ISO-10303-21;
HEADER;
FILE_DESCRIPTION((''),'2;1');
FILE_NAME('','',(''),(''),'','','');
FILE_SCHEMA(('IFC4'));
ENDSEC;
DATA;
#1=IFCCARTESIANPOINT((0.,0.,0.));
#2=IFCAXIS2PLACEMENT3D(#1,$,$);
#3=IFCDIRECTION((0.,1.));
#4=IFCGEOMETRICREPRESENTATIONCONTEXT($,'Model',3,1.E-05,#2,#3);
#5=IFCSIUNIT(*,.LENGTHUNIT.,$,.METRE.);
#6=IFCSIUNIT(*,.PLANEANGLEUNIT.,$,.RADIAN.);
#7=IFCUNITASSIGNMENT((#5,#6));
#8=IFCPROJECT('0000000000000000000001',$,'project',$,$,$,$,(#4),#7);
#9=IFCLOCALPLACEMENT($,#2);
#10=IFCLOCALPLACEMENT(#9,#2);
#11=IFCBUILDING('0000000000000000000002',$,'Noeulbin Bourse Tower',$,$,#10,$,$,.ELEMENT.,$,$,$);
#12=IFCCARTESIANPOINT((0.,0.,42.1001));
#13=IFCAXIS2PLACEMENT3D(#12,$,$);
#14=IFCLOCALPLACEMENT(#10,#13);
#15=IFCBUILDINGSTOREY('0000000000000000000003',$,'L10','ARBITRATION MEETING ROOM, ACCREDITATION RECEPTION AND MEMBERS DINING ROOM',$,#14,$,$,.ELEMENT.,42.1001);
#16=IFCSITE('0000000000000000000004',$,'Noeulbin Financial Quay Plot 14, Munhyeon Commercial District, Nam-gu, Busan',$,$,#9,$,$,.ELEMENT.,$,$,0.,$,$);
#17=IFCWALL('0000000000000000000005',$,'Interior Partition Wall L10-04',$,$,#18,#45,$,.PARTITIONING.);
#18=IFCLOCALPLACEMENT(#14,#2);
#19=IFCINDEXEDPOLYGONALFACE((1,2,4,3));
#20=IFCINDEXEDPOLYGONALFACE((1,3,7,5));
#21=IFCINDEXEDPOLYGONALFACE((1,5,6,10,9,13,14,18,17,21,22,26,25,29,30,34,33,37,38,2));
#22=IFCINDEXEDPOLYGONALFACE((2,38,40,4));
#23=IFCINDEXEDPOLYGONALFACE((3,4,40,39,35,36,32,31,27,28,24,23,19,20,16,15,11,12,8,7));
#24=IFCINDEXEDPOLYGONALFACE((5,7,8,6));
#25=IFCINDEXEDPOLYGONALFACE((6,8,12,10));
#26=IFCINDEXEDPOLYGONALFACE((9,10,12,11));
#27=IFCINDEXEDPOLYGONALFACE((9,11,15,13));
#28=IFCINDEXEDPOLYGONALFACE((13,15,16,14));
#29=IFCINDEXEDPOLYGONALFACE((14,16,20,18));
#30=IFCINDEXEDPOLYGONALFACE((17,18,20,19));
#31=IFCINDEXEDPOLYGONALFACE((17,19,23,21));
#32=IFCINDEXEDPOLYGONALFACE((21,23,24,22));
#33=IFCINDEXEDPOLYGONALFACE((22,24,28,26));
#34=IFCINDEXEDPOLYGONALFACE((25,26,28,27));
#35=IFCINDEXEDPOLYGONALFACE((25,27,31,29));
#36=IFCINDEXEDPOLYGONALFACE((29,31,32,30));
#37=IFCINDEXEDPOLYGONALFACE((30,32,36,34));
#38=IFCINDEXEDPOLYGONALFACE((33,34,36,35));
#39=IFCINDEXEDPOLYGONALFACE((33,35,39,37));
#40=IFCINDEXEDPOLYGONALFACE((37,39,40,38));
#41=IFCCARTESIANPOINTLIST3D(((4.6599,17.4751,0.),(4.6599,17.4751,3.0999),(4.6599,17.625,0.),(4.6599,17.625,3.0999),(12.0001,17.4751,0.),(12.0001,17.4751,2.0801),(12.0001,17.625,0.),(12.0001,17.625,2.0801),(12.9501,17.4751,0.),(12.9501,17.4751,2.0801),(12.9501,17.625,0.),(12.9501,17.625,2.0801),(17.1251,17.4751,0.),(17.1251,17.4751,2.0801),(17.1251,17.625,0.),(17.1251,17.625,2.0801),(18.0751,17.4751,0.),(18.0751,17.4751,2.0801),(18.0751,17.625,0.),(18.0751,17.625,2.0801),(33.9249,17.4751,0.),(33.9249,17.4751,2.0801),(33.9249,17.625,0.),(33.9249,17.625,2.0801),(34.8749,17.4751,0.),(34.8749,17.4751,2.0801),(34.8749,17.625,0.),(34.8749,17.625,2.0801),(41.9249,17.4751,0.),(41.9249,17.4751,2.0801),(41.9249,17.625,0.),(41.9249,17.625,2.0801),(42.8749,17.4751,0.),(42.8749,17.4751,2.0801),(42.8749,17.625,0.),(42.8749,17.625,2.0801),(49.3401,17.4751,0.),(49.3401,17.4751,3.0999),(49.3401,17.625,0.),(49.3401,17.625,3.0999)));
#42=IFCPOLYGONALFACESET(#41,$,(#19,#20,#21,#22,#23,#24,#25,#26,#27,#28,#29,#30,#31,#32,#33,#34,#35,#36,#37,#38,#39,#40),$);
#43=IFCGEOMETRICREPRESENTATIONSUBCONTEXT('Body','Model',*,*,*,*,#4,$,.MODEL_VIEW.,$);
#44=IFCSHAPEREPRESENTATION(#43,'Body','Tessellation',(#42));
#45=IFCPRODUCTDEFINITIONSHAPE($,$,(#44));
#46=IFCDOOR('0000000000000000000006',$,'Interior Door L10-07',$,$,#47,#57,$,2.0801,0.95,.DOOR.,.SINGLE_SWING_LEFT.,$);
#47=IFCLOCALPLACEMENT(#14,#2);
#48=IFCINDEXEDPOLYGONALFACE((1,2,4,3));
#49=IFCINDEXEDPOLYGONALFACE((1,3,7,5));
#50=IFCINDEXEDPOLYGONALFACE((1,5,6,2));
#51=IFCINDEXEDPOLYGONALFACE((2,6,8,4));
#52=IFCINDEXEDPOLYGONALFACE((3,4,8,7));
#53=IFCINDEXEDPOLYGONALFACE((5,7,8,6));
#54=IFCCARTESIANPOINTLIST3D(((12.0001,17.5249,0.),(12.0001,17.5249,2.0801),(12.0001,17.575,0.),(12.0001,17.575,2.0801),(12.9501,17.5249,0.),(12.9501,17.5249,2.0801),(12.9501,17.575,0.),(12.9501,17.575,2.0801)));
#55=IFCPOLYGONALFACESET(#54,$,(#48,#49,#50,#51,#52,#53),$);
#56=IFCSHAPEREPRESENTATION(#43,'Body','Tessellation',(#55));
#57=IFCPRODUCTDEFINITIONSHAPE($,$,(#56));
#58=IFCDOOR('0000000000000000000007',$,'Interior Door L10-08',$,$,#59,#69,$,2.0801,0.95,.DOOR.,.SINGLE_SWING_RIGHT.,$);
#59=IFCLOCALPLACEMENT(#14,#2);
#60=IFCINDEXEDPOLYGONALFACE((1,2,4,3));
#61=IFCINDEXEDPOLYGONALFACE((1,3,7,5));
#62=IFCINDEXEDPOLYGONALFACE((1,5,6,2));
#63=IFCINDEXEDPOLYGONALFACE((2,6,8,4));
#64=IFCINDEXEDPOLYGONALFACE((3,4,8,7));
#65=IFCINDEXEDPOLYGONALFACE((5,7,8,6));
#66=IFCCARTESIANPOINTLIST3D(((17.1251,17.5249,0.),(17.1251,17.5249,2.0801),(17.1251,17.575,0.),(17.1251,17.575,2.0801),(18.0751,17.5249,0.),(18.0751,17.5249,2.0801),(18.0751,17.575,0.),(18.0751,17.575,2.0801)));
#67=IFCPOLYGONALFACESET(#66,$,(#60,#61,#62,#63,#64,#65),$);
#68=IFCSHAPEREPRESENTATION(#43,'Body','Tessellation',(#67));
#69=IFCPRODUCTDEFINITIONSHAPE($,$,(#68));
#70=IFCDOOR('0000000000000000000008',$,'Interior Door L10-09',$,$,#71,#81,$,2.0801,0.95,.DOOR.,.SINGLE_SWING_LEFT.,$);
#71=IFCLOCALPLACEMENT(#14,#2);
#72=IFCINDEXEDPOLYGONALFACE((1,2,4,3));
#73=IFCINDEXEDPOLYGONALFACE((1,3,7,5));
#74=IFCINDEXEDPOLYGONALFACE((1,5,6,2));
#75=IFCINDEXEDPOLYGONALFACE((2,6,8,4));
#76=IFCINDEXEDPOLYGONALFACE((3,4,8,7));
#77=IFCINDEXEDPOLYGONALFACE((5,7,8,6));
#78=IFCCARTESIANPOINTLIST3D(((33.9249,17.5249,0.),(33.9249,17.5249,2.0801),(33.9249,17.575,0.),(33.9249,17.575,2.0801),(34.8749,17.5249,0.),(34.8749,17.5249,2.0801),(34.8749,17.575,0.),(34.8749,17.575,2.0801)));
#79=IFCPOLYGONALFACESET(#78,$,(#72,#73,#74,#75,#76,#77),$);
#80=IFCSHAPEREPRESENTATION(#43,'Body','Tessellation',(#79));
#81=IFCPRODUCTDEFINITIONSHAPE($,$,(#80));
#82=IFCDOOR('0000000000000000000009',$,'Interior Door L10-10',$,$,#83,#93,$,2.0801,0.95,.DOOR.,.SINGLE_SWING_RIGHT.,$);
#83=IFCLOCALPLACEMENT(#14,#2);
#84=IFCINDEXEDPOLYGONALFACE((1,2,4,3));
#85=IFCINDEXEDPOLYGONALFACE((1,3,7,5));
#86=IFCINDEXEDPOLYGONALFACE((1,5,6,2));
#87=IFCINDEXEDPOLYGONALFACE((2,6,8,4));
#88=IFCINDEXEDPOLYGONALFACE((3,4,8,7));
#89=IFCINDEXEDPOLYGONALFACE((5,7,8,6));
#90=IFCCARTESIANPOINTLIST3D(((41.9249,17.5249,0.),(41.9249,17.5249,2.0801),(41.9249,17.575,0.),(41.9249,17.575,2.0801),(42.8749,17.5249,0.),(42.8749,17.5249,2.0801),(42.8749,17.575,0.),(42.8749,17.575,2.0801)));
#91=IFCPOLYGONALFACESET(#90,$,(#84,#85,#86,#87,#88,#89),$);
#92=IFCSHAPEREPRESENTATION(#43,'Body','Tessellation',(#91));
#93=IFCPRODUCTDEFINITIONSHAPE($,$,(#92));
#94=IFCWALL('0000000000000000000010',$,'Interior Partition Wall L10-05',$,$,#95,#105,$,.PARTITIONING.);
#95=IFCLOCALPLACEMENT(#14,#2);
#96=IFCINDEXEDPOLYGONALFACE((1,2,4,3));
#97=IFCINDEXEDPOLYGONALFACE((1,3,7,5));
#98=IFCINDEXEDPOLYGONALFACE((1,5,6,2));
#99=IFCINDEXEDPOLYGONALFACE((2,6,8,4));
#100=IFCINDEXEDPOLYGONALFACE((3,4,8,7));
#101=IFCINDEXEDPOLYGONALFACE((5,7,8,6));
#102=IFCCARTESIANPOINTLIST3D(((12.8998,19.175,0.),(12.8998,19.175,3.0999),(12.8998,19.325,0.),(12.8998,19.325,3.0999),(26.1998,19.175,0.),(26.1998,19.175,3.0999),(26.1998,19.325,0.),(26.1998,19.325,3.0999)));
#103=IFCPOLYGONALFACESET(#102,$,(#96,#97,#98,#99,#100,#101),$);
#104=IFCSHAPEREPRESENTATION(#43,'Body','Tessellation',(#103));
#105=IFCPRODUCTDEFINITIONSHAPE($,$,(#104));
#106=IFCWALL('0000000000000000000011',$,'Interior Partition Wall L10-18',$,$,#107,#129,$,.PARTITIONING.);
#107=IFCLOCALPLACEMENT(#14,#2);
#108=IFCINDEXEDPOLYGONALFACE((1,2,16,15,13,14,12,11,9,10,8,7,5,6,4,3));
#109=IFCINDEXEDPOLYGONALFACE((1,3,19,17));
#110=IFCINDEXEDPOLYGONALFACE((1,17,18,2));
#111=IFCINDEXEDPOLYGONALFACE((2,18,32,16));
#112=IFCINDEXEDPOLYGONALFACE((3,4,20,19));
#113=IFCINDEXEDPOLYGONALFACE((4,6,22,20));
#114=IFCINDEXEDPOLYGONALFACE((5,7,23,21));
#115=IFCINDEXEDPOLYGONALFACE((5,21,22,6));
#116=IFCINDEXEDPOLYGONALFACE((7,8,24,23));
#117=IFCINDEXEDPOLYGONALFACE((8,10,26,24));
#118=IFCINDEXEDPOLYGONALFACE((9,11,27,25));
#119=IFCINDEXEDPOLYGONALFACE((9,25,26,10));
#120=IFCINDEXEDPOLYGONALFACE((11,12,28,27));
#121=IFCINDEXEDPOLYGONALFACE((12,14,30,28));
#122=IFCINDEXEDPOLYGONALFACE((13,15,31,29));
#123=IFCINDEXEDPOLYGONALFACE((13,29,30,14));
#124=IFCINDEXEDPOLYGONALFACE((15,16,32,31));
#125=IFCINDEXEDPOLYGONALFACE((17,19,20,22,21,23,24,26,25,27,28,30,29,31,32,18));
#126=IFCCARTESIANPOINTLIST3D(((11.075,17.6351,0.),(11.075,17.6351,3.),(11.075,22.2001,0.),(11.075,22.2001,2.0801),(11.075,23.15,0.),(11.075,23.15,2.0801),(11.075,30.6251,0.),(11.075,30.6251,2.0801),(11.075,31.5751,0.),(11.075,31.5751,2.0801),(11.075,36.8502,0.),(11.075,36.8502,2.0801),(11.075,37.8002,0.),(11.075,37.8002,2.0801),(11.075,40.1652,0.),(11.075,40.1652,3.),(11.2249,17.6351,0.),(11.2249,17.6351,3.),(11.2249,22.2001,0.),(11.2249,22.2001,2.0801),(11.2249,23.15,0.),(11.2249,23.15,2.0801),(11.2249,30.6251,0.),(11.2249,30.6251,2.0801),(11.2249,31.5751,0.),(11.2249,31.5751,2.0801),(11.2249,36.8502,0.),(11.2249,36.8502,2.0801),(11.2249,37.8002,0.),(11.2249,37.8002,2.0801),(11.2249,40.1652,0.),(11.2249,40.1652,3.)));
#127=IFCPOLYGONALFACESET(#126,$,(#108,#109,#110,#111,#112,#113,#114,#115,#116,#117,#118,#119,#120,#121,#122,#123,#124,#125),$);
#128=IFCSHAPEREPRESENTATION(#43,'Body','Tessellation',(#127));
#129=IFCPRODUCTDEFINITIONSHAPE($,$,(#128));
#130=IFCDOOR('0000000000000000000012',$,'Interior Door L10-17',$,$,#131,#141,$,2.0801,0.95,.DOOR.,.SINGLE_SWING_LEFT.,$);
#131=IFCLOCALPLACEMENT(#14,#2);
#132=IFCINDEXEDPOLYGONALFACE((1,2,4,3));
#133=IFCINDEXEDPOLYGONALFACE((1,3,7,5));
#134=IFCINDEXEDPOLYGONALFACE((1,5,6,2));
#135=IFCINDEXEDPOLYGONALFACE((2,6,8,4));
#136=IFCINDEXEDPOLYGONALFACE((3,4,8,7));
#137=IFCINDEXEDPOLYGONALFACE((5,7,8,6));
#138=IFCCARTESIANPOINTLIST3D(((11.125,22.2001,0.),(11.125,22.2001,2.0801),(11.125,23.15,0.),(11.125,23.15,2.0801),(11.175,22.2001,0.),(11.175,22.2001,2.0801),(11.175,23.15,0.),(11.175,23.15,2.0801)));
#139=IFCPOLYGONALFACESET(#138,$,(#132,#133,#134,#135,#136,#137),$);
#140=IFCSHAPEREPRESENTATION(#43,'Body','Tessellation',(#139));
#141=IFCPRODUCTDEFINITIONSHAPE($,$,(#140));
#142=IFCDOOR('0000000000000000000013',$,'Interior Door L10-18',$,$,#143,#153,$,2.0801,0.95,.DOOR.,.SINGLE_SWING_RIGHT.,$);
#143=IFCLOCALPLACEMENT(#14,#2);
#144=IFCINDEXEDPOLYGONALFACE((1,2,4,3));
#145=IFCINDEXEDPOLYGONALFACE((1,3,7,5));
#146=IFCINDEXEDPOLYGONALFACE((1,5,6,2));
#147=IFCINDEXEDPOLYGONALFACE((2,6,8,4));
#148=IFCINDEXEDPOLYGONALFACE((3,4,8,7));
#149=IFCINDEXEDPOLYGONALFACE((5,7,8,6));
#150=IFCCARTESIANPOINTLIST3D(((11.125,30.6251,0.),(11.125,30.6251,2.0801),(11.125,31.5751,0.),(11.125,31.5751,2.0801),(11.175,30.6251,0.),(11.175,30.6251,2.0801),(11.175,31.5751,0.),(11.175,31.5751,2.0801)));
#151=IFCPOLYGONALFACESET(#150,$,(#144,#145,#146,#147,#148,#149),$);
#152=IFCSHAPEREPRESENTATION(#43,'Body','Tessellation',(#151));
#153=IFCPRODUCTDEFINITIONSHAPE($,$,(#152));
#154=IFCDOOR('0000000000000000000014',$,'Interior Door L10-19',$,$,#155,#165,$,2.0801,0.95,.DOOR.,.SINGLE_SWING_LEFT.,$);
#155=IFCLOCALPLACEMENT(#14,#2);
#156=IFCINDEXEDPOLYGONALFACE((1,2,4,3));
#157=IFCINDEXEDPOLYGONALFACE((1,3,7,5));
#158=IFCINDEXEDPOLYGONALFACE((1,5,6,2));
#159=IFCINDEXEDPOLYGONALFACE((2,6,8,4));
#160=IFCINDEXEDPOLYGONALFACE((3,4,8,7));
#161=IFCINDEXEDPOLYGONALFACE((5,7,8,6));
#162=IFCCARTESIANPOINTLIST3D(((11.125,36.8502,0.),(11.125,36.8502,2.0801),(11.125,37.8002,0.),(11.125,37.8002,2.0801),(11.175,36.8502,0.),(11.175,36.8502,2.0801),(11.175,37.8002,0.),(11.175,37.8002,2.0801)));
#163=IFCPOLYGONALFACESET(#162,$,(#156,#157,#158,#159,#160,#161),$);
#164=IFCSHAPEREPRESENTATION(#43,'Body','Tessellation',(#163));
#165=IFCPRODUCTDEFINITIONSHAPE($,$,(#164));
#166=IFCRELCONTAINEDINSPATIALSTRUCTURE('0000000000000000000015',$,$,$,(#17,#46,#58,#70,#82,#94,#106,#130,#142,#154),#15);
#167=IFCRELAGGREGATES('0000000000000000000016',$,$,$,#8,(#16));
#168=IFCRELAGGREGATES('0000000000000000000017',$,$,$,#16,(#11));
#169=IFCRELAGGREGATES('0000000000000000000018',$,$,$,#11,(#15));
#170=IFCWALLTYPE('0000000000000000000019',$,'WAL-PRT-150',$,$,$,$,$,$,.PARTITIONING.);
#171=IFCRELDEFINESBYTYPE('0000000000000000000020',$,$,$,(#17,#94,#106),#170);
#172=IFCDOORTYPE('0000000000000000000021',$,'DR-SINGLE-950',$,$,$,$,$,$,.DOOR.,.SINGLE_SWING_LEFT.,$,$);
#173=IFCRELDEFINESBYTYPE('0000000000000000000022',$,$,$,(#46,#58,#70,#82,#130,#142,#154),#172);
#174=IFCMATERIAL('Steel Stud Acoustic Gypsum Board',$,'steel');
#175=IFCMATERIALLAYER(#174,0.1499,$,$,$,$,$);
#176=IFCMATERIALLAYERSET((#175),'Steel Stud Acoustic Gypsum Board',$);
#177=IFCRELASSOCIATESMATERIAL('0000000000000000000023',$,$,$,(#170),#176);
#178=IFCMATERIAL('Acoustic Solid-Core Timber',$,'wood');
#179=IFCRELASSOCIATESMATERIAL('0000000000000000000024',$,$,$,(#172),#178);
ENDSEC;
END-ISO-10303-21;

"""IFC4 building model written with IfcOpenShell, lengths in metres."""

from ifc_helpers import new_model, si_unit, direction, frame, frame_2d, origin, place, context, subcontext, project, spatial, rectangle, extrude, material, layer, layer_set, type_object, element, fill, save


model = new_model("IFC4")

# Units and contexts
model_context = context("Model", 3, precision=1e-05, world=origin(), true_north=direction((0.0, 1.0)))
body_context = subcontext(model_context, "Body", "Model", "MODEL_VIEW")
ifc_project = project(units=[si_unit("LENGTHUNIT", "METRE"), si_unit("PLANEANGLEUNIT", "RADIAN")], contexts=[model_context])

# Site, building, storey
site_placement = place(None, origin())
site = spatial("IfcSite", under=ifc_project, at=site_placement, Name="Noeulbin Financial Quay Plot 14, Munhyeon Commercial District, Nam-gu, Busan", CompositionType="ELEMENT", RefElevation=0.0)
building_placement = place(site_placement, origin())
building = spatial("IfcBuilding", under=site, at=building_placement, Name="Noeulbin Bourse Tower", CompositionType="ELEMENT")
storey_placement = place(building_placement, frame((0.0, 0.0, 42.1001)))
storey = spatial("IfcBuildingStorey", under=building, at=storey_placement, Name="L10", Description="ARBITRATION MEETING ROOM, ACCREDITATION RECEPTION AND MEMBERS DINING ROOM", CompositionType="ELEMENT", Elevation=42.1001)

# Wall, openings, doors
ifc_material_1 = material(Name="Steel Stud Acoustic Gypsum Board", Category="steel")
ifc_layer_1 = layer(ifc_material_1, 0.1499)
ifc_layer_set_1 = layer_set([ifc_layer_1], Name="Steel Stud Acoustic Gypsum Board")
wall_type = type_object("IfcWallType", Name="WAL-PRT-150", PredefinedType="PARTITIONING", material=ifc_layer_set_1)
wall_1_placement = place(storey_placement, frame((4.6599, 17.55, 0.0), z_axis=(0.0, 0.0, 1.0), x_axis=(1.0, 0.0, 0.0)))
wall_1 = element("IfcWall", 1, at=wall_1_placement, inside=storey, type_object=wall_type, Name="Interior Partition Wall L10-04", PredefinedType="PARTITIONING", context=body_context, shape_type="SweptSolid", body=[
    extrude(rectangle(XDim=44.6802, YDim=0.1499, at=frame_2d((22.3401, 0.0))), origin(), (0.0, 0.0, 1.0), 3.0999),
])
opening_1_placement = place(wall_1_placement, frame((7.3401, 0.0, 0.0)))
opening_1 = element("IfcOpeningElement", 2, at=opening_1_placement, cuts=wall_1, PredefinedType="OPENING", context=body_context, shape_type="SweptSolid", body=[
    extrude(rectangle(XDim=0.95, YDim=2.0801, at=frame_2d((0.4751, 1.04))), frame((0.0, 0.085, 0.0), z_axis=(0.0, -1.0, 0.0), x_axis=(1.0, 0.0, 0.0)), (0.0, 0.0, 1.0), 0.1699),
])
opening_2_placement = place(wall_1_placement, frame((12.4651, 0.0, 0.0)))
opening_2 = element("IfcOpeningElement", 3, at=opening_2_placement, cuts=wall_1, PredefinedType="OPENING", context=body_context, shape_type="SweptSolid", body=[
    extrude(rectangle(XDim=0.95, YDim=2.0801, at=frame_2d((0.4751, 1.04))), frame((0.0, 0.085, 0.0), z_axis=(0.0, -1.0, 0.0), x_axis=(1.0, 0.0, 0.0)), (0.0, 0.0, 1.0), 0.1699),
])
opening_3_placement = place(wall_1_placement, frame((29.2649, 0.0, 0.0)))
opening_3 = element("IfcOpeningElement", 4, at=opening_3_placement, cuts=wall_1, PredefinedType="OPENING", context=body_context, shape_type="SweptSolid", body=[
    extrude(rectangle(XDim=0.95, YDim=2.0801, at=frame_2d((0.4751, 1.04))), frame((0.0, 0.085, 0.0), z_axis=(0.0, -1.0, 0.0), x_axis=(1.0, 0.0, 0.0)), (0.0, 0.0, 1.0), 0.1699),
])
opening_4_placement = place(wall_1_placement, frame((37.2649, 0.0, 0.0)))
opening_4 = element("IfcOpeningElement", 5, at=opening_4_placement, cuts=wall_1, PredefinedType="OPENING", context=body_context, shape_type="SweptSolid", body=[
    extrude(rectangle(XDim=0.95, YDim=2.0801, at=frame_2d((0.4751, 1.04))), frame((0.0, 0.085, 0.0), z_axis=(0.0, -1.0, 0.0), x_axis=(1.0, 0.0, 0.0)), (0.0, 0.0, 1.0), 0.1699),
])
ifc_material_2 = material(Name="Acoustic Solid-Core Timber", Category="wood")
door_type = type_object("IfcDoorType", Name="DR-SINGLE-950", OperationType="SINGLE_SWING_LEFT", PredefinedType="DOOR", material=ifc_material_2)
door_1_placement = place(opening_1_placement, origin())
door_1 = element("IfcDoor", 6, at=door_1_placement, inside=storey, type_object=door_type, Name="Interior Door L10-07", OperationType="SINGLE_SWING_LEFT", OverallHeight=2.0801, OverallWidth=0.95, PredefinedType="DOOR", context=body_context, shape_type="SweptSolid", body=[
    extrude(rectangle(XDim=0.95, YDim=2.0801, at=frame_2d((0.4751, 1.04))), frame((0.0, 0.0249, 0.0), z_axis=(0.0, -1.0, 0.0), x_axis=(1.0, 0.0, 0.0)), (0.0, 0.0, 1.0), 0.05),
])
fill(opening_1, door_1)
door_2_placement = place(opening_2_placement, origin())
door_2 = element("IfcDoor", 7, at=door_2_placement, inside=storey, type_object=door_type, Name="Interior Door L10-08", OperationType="SINGLE_SWING_RIGHT", OverallHeight=2.0801, OverallWidth=0.95, PredefinedType="DOOR", context=body_context, shape_type="SweptSolid", body=[
    extrude(rectangle(XDim=0.95, YDim=2.0801, at=frame_2d((0.4751, 1.04))), frame((0.0, 0.0249, 0.0), z_axis=(0.0, -1.0, 0.0), x_axis=(1.0, 0.0, 0.0)), (0.0, 0.0, 1.0), 0.05),
])
fill(opening_2, door_2)
door_3_placement = place(opening_3_placement, origin())
door_3 = element("IfcDoor", 8, at=door_3_placement, inside=storey, type_object=door_type, Name="Interior Door L10-09", OperationType="SINGLE_SWING_LEFT", OverallHeight=2.0801, OverallWidth=0.95, PredefinedType="DOOR", context=body_context, shape_type="SweptSolid", body=[
    extrude(rectangle(XDim=0.95, YDim=2.0801, at=frame_2d((0.4751, 1.04))), frame((0.0, 0.0249, 0.0), z_axis=(0.0, -1.0, 0.0), x_axis=(1.0, 0.0, 0.0)), (0.0, 0.0, 1.0), 0.05),
])
fill(opening_3, door_3)
door_4_placement = place(opening_4_placement, origin())
door_4 = element("IfcDoor", 9, at=door_4_placement, inside=storey, type_object=door_type, Name="Interior Door L10-10", OperationType="SINGLE_SWING_RIGHT", OverallHeight=2.0801, OverallWidth=0.95, PredefinedType="DOOR", context=body_context, shape_type="SweptSolid", body=[
    extrude(rectangle(XDim=0.95, YDim=2.0801, at=frame_2d((0.4751, 1.04))), frame((0.0, 0.0249, 0.0), z_axis=(0.0, -1.0, 0.0), x_axis=(1.0, 0.0, 0.0)), (0.0, 0.0, 1.0), 0.05),
])
fill(opening_4, door_4)

# Wall
wall_2_placement = place(storey_placement, frame((12.8999, 19.25, 0.0), z_axis=(0.0, 0.0, 1.0), x_axis=(1.0, 0.0, 0.0)))
element("IfcWall", 10, at=wall_2_placement, inside=storey, type_object=wall_type, Name="Interior Partition Wall L10-05", PredefinedType="PARTITIONING", context=body_context, shape_type="SweptSolid", body=[
    extrude(rectangle(XDim=13.3, YDim=0.1499, at=frame_2d((6.6499, 0.0))), origin(), (0.0, 0.0, 1.0), 3.0999),
])

# Wall, openings, doors
wall_3_placement = place(storey_placement, frame((11.1499, 17.635, 0.0), z_axis=(0.0, 0.0, 1.0), x_axis=(0.0, 1.0, 0.0)))
wall_3 = element("IfcWall", 11, at=wall_3_placement, inside=storey, type_object=wall_type, Name="Interior Partition Wall L10-18", PredefinedType="PARTITIONING", context=body_context, shape_type="SweptSolid", body=[
    extrude(rectangle(XDim=22.53, YDim=0.1499, at=frame_2d((11.2651, 0.0))), origin(), (0.0, 0.0, 1.0), 3.0),
])
opening_5_placement = place(wall_3_placement, frame((4.5649, 0.0, 0.0)))
opening_5 = element("IfcOpeningElement", 12, at=opening_5_placement, cuts=wall_3, PredefinedType="OPENING", context=body_context, shape_type="SweptSolid", body=[
    extrude(rectangle(XDim=0.95, YDim=2.0801, at=frame_2d((0.4751, 1.04))), frame((0.0, 0.085, 0.0), z_axis=(0.0, -1.0, 0.0), x_axis=(1.0, 0.0, 0.0)), (0.0, 0.0, 1.0), 0.1699),
])
opening_6_placement = place(wall_3_placement, frame((12.99, 0.0, 0.0)))
opening_6 = element("IfcOpeningElement", 13, at=opening_6_placement, cuts=wall_3, PredefinedType="OPENING", context=body_context, shape_type="SweptSolid", body=[
    extrude(rectangle(XDim=0.95, YDim=2.0801, at=frame_2d((0.4751, 1.04))), frame((0.0, 0.085, 0.0), z_axis=(0.0, -1.0, 0.0), x_axis=(1.0, 0.0, 0.0)), (0.0, 0.0, 1.0), 0.1699),
])
opening_7_placement = place(wall_3_placement, frame((19.2151, 0.0, 0.0)))
opening_7 = element("IfcOpeningElement", 14, at=opening_7_placement, cuts=wall_3, PredefinedType="OPENING", context=body_context, shape_type="SweptSolid", body=[
    extrude(rectangle(XDim=0.95, YDim=2.0801, at=frame_2d((0.4751, 1.04))), frame((0.0, 0.085, 0.0), z_axis=(0.0, -1.0, 0.0), x_axis=(1.0, 0.0, 0.0)), (0.0, 0.0, 1.0), 0.1699),
])
door_5_placement = place(opening_5_placement, origin())
door_5 = element("IfcDoor", 15, at=door_5_placement, inside=storey, type_object=door_type, Name="Interior Door L10-17", OperationType="SINGLE_SWING_LEFT", OverallHeight=2.0801, OverallWidth=0.95, PredefinedType="DOOR", context=body_context, shape_type="SweptSolid", body=[
    extrude(rectangle(XDim=0.95, YDim=2.0801, at=frame_2d((0.4751, 1.04))), frame((0.0, 0.0249, 0.0), z_axis=(0.0, -1.0, 0.0), x_axis=(1.0, 0.0, 0.0)), (0.0, 0.0, 1.0), 0.05),
])
fill(opening_5, door_5)
door_6_placement = place(opening_6_placement, origin())
door_6 = element("IfcDoor", 16, at=door_6_placement, inside=storey, type_object=door_type, Name="Interior Door L10-18", OperationType="SINGLE_SWING_RIGHT", OverallHeight=2.0801, OverallWidth=0.95, PredefinedType="DOOR", context=body_context, shape_type="SweptSolid", body=[
    extrude(rectangle(XDim=0.95, YDim=2.0801, at=frame_2d((0.4751, 1.04))), frame((0.0, 0.0249, 0.0), z_axis=(0.0, -1.0, 0.0), x_axis=(1.0, 0.0, 0.0)), (0.0, 0.0, 1.0), 0.05),
])
fill(opening_6, door_6)
door_7_placement = place(opening_7_placement, origin())
door_7 = element("IfcDoor", 17, at=door_7_placement, inside=storey, type_object=door_type, Name="Interior Door L10-19", OperationType="SINGLE_SWING_LEFT", OverallHeight=2.0801, OverallWidth=0.95, PredefinedType="DOOR", context=body_context, shape_type="SweptSolid", body=[
    extrude(rectangle(XDim=0.95, YDim=2.0801, at=frame_2d((0.4751, 1.04))), frame((0.0, 0.0249, 0.0), z_axis=(0.0, -1.0, 0.0), x_axis=(1.0, 0.0, 0.0)), (0.0, 0.0, 1.0), 0.05),
])
fill(opening_7, door_7)

save(model, "model.ifc")
